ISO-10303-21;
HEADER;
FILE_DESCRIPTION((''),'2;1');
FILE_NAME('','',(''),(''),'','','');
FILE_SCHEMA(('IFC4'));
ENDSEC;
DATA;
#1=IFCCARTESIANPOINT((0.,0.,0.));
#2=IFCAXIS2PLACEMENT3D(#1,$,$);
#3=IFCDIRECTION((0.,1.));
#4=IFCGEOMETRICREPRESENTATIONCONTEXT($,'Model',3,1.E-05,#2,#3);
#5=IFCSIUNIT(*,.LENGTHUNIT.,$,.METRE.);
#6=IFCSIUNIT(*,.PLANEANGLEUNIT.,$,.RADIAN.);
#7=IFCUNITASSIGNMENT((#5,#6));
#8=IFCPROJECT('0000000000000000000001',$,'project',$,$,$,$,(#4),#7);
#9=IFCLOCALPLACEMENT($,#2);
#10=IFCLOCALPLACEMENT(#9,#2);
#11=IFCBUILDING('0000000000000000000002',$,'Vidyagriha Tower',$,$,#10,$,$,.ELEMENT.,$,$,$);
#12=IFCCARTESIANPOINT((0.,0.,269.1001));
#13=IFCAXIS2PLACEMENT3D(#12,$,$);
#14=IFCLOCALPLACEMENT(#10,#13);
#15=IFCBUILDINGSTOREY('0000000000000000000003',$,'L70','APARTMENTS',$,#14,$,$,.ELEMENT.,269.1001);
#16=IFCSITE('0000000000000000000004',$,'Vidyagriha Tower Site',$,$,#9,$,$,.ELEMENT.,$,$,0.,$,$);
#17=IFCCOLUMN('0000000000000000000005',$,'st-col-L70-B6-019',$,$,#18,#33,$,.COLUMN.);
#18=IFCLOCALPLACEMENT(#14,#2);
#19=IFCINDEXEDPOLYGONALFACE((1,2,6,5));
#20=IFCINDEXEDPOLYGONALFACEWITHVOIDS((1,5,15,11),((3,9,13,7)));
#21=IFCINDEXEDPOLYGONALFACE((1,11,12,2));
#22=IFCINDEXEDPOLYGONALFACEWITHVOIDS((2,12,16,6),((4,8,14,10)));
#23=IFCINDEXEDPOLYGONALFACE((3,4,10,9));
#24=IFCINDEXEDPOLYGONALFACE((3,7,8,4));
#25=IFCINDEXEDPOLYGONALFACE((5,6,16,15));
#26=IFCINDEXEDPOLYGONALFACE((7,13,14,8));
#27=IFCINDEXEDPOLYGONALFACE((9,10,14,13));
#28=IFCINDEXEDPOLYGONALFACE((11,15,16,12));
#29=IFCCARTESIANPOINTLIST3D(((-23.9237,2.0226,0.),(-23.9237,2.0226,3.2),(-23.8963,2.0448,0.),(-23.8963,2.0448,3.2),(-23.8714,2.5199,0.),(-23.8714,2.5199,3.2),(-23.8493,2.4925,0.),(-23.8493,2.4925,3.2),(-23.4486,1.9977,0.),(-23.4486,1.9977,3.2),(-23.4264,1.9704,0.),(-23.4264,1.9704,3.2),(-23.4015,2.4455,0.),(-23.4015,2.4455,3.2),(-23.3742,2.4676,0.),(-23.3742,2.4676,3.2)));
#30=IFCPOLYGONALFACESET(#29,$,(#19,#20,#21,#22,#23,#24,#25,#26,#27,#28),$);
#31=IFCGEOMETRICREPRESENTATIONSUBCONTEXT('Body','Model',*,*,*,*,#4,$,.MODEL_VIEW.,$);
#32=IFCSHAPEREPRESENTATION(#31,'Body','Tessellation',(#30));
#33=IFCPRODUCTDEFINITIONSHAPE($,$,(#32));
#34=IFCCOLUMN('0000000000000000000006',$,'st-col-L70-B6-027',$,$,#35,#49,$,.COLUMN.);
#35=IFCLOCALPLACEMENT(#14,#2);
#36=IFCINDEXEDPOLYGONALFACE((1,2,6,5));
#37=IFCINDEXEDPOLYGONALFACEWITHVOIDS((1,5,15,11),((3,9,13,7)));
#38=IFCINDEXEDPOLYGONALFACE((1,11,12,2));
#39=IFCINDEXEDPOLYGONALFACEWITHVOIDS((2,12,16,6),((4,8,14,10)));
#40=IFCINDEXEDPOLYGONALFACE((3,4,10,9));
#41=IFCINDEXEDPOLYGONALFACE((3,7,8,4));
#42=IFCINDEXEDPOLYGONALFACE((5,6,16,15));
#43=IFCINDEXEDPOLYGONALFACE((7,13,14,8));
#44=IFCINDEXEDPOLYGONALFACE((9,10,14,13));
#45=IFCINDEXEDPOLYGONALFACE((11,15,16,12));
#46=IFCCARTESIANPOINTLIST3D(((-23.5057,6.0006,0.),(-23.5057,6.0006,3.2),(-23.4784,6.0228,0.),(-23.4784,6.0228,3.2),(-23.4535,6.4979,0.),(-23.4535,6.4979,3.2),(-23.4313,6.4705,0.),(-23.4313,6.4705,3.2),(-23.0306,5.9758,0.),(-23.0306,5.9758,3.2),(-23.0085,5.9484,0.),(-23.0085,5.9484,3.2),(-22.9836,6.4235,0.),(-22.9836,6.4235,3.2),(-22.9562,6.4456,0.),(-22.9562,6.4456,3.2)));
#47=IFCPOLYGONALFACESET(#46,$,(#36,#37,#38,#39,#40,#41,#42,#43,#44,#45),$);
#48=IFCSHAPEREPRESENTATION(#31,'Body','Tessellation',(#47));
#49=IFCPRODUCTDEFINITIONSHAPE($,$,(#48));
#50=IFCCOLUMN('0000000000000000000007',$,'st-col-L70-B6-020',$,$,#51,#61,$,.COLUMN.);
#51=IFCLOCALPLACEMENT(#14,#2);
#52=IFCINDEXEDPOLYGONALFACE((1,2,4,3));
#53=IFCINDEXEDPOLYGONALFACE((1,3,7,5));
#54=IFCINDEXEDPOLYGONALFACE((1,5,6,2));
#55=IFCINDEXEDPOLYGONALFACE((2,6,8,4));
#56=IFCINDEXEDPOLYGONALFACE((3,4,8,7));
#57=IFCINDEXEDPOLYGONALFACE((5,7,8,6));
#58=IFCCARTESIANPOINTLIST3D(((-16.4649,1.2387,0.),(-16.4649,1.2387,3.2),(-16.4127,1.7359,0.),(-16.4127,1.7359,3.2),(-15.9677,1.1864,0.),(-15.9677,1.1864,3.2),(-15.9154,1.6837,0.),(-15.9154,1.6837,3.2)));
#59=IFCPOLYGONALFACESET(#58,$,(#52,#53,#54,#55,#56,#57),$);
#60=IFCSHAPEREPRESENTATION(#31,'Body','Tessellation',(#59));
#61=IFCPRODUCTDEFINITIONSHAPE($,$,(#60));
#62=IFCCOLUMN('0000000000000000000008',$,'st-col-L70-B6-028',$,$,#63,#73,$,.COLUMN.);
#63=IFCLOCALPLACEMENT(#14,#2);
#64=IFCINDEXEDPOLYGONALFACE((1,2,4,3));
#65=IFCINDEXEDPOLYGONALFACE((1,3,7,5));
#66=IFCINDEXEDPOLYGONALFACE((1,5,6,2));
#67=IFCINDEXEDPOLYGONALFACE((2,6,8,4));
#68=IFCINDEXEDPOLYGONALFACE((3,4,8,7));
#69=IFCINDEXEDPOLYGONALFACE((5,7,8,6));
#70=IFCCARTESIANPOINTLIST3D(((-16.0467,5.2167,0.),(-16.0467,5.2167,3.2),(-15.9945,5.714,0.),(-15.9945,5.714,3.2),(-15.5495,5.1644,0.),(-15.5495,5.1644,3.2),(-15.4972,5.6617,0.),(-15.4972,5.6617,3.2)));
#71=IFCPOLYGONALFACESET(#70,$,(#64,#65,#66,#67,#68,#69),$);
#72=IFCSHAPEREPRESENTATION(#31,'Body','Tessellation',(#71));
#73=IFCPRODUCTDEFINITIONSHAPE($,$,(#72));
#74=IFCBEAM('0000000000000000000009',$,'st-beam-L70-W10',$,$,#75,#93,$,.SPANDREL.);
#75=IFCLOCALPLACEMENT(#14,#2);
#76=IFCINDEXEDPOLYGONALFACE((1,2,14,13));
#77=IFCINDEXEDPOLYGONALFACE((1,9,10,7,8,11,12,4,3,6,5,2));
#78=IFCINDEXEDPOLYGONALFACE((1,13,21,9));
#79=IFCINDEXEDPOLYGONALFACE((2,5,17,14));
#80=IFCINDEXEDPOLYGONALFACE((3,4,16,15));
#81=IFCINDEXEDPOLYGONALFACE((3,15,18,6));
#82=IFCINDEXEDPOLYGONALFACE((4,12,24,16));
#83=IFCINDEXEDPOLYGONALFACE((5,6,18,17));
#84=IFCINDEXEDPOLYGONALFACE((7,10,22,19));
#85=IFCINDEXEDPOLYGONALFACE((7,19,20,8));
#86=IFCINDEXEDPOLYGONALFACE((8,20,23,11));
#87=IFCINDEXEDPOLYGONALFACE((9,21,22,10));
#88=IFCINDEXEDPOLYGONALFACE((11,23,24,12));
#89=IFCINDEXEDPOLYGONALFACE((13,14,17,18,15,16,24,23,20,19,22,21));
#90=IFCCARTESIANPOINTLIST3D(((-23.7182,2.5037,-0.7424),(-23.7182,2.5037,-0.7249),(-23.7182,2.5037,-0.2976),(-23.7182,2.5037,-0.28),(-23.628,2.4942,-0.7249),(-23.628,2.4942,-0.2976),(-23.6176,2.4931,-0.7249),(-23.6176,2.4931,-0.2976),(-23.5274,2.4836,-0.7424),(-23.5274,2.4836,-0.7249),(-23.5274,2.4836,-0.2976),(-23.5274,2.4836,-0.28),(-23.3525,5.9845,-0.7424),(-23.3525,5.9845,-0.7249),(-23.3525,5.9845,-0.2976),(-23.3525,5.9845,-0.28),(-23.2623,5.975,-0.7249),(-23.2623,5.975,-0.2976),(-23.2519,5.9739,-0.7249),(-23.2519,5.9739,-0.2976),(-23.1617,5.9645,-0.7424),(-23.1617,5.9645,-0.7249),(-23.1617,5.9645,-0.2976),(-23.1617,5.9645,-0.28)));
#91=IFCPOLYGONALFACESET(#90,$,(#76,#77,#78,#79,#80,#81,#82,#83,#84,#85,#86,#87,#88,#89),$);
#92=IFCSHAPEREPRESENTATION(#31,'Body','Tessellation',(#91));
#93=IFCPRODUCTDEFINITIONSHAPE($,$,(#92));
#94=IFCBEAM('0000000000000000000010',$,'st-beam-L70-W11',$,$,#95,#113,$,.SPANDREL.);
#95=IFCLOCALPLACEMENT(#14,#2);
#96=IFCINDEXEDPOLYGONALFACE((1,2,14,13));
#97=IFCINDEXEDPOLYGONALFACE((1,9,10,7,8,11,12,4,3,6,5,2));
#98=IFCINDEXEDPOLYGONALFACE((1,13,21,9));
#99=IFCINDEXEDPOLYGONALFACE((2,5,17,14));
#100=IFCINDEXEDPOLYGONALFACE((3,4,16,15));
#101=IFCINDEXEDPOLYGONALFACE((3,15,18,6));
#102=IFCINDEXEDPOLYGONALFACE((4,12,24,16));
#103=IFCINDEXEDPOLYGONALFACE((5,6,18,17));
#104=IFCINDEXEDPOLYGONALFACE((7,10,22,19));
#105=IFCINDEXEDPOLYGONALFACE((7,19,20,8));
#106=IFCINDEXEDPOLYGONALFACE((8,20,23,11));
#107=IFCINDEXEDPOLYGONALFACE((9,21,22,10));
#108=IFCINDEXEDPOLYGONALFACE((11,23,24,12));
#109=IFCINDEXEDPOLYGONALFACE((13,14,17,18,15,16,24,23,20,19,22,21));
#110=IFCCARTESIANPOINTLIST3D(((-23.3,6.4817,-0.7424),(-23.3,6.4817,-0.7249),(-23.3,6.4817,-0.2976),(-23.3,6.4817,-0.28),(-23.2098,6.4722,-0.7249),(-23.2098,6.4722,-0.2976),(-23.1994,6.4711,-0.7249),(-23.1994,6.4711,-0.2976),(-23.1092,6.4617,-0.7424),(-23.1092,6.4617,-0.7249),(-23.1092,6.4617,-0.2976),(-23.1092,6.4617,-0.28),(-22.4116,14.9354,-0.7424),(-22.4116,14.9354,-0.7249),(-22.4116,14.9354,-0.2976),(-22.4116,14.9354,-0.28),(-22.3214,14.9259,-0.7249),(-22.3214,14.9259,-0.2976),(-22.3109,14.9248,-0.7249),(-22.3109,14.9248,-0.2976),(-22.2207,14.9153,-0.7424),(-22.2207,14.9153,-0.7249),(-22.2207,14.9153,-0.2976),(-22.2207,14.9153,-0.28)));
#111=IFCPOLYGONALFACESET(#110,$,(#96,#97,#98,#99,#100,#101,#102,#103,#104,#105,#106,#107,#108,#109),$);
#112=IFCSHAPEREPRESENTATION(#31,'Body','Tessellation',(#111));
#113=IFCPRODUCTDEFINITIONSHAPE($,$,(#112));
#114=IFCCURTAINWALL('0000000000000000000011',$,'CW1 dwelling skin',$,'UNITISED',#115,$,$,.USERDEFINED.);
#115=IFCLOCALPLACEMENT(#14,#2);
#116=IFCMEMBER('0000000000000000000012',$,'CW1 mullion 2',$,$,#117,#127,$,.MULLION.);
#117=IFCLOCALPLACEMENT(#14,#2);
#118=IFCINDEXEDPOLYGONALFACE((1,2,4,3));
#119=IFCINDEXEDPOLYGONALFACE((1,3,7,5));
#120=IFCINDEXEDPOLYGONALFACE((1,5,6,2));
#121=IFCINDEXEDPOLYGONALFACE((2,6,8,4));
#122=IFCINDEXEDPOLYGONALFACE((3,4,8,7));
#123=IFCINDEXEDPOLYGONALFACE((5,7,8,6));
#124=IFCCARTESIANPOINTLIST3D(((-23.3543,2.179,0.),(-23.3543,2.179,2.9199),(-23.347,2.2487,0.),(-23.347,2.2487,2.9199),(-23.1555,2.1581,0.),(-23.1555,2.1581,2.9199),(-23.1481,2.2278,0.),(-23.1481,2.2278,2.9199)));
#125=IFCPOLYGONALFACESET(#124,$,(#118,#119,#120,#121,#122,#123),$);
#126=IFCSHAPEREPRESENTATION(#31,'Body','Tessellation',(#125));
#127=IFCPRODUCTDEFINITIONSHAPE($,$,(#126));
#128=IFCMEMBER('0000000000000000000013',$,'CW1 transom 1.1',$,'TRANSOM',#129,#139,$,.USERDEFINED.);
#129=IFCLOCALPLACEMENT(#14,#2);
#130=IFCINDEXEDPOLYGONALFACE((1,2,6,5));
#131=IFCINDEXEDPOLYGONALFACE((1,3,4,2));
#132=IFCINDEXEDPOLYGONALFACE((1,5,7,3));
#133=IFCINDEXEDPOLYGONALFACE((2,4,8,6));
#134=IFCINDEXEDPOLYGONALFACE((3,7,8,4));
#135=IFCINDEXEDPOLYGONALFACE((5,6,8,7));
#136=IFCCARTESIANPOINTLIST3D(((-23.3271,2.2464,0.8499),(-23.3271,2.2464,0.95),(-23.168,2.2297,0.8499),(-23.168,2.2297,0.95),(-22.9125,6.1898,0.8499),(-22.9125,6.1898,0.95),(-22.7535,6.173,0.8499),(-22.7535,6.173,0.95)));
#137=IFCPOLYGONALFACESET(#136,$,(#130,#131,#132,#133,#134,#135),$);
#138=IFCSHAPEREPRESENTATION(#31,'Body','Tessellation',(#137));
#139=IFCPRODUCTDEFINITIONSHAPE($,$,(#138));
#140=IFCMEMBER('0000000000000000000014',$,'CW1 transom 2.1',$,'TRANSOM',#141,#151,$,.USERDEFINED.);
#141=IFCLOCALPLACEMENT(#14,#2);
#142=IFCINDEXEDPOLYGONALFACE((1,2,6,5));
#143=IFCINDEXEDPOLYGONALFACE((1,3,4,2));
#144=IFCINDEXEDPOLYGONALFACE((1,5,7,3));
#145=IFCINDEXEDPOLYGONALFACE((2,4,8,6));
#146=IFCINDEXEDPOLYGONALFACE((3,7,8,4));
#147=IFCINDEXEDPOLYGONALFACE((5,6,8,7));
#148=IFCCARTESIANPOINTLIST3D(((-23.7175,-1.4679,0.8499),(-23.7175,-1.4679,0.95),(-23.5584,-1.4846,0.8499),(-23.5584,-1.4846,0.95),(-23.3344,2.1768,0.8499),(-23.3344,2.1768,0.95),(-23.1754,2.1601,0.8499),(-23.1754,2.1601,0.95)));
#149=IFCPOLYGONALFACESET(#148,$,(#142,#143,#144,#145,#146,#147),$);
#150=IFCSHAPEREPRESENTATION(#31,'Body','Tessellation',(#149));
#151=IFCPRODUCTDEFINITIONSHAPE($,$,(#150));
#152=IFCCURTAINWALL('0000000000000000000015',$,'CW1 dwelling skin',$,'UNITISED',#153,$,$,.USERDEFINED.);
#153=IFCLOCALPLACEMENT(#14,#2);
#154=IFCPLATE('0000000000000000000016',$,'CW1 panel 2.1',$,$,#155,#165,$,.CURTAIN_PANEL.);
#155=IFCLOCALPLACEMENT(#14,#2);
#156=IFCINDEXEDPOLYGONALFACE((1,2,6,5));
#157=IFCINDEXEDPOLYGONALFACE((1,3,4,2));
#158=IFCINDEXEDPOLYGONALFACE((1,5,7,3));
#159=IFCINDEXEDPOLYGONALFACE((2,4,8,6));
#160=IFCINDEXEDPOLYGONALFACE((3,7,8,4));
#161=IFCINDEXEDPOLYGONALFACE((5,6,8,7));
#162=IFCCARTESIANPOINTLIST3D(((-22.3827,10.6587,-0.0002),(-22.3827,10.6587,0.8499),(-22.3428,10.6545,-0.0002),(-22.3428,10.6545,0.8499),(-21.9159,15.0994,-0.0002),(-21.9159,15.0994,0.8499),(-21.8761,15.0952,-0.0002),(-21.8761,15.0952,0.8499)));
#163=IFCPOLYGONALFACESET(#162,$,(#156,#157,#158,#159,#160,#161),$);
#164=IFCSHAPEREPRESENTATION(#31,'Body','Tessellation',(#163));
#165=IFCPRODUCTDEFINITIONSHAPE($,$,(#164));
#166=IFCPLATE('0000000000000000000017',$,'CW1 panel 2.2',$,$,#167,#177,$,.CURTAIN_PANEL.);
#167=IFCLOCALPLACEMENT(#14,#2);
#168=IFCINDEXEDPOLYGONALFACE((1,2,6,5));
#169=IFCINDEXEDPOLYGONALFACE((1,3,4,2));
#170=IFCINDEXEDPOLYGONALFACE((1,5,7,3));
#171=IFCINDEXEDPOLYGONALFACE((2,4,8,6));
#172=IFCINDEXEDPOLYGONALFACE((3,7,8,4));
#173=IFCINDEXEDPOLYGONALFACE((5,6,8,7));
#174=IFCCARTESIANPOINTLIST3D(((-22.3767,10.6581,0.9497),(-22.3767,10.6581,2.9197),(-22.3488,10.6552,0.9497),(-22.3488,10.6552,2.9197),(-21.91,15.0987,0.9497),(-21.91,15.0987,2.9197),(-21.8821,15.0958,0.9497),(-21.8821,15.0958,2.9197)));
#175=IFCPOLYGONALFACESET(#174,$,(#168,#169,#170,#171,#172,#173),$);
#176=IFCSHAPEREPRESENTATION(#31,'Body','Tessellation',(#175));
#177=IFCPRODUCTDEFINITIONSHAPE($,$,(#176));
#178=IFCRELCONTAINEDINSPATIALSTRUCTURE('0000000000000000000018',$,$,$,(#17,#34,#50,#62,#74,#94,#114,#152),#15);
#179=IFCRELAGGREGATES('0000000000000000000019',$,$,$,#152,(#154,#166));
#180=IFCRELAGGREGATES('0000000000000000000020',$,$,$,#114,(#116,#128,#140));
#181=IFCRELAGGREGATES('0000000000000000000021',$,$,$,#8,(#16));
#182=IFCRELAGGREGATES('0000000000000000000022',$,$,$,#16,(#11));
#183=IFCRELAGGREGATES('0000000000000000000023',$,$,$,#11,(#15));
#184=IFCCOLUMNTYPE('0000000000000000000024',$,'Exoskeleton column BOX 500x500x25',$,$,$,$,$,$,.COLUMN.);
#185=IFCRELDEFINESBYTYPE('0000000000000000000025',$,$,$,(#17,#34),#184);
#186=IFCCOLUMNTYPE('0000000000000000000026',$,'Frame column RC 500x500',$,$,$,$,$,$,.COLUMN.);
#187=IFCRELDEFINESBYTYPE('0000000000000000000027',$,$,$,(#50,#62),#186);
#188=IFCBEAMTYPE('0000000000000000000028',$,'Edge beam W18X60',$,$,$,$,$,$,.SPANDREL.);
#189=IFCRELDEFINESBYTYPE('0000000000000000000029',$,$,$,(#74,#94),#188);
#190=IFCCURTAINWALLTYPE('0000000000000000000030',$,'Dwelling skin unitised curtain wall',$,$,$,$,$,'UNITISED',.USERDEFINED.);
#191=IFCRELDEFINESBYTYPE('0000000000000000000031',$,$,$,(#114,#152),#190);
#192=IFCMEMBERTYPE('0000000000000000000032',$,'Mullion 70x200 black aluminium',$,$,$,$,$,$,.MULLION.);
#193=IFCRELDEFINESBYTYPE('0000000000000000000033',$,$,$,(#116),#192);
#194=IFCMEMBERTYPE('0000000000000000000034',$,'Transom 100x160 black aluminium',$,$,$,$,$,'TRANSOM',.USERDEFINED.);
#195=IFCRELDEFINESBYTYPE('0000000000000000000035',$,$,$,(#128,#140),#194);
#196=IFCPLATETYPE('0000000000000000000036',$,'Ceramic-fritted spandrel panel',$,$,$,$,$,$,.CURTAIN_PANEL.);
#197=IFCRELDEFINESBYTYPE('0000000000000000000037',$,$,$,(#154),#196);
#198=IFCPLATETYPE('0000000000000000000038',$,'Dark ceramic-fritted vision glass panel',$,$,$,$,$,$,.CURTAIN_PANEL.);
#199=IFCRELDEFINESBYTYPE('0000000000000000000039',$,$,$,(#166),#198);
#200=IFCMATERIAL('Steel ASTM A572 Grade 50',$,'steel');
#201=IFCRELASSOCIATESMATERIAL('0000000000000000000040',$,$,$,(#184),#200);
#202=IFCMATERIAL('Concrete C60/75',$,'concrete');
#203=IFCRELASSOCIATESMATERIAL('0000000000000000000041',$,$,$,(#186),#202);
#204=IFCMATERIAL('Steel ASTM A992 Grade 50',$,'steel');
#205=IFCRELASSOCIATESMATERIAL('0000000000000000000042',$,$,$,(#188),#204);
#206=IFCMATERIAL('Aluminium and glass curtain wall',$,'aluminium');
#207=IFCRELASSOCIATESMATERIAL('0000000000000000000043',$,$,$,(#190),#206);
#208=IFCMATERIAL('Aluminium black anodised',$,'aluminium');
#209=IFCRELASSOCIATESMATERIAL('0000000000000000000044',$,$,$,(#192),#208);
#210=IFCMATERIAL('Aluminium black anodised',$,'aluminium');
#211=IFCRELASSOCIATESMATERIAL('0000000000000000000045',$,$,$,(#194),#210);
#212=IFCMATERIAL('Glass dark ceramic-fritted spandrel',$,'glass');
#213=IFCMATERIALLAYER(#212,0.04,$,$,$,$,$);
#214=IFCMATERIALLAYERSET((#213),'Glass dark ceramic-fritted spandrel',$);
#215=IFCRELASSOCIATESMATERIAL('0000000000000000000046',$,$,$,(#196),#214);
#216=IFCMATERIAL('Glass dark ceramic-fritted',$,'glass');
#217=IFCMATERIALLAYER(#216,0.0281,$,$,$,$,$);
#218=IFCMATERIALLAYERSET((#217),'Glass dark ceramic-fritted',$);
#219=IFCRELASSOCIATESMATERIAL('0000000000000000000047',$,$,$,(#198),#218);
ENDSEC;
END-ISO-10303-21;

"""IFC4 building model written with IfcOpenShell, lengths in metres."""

from ifc_helpers import new_model, si_unit, direction, frame, origin, origin_2d, place, context, subcontext, project, spatial, rectangle, hollow_rectangle, i_section, extrude, material, layer, layer_set, material_profile, profile_set, type_object, element, aggregate, save


model = new_model("IFC4")

# Units and contexts
model_context = context("Model", 3, precision=1e-05, world=origin(), true_north=direction((0.0, 1.0)))
body_context = subcontext(model_context, "Body", "Model", "MODEL_VIEW")
ifc_project = project(units=[si_unit("LENGTHUNIT", "METRE"), si_unit("PLANEANGLEUNIT", "RADIAN")], contexts=[model_context])

# Site, building, storey
site_placement = place(None, origin())
site = spatial("IfcSite", under=ifc_project, at=site_placement, Name="Vidyagriha Tower Site", CompositionType="ELEMENT", RefElevation=0.0)
building_placement = place(site_placement, origin())
building = spatial("IfcBuilding", under=site, at=building_placement, Name="Vidyagriha Tower", CompositionType="ELEMENT")
storey_placement = place(building_placement, frame((0.0, 0.0, 269.1001)))
storey = spatial("IfcBuildingStorey", under=building, at=storey_placement, Name="L70", Description="APARTMENTS", CompositionType="ELEMENT", Elevation=269.1001)

# Columns
ifc_material_1 = material(Name="Steel ASTM A572 Grade 50", Category="steel")
ifc_material_profile_1 = material_profile(ifc_material_1, hollow_rectangle(XDim=0.5, YDim=0.5, WallThickness=0.0249, at=origin_2d()), Name="BOX 500x500x25")
ifc_profile_set_1 = profile_set([ifc_material_profile_1], Name="Steel ASTM A572 Grade 50")
column_type_1 = type_object("IfcColumnType", Name="Exoskeleton column BOX 500x500x25", PredefinedType="COLUMN", material=ifc_profile_set_1)
for number, where, z_axis, x_axis, name in (
    (1, (-23.6489, 2.2451, 0.0), (0.0, 0.0, 1.0), (0.994522, -0.104528, 0.0), "st-col-L70-B6-019"),
    (2, (-23.231, 6.2231, 0.0), (0.0, 0.0, 1.0), (0.994522, -0.104528, 0.0), "st-col-L70-B6-027"),
):
    element("IfcColumn", number, at=place(storey_placement, frame(where, z_axis=z_axis, x_axis=x_axis)), inside=storey, type_object=column_type_1, Name=name, PredefinedType="COLUMN", context=body_context, shape_type="SweptSolid", body=[
        extrude(hollow_rectangle(XDim=0.5, YDim=0.5, WallThickness=0.0249, at=origin_2d()), origin(), (0.0, 0.0, 1.0), 3.2),
    ])
ifc_material_2 = material(Name="Concrete C60/75", Category="concrete")
ifc_material_profile_2 = material_profile(ifc_material_2, rectangle(XDim=0.5, YDim=0.5, at=origin_2d()), Name="RC 500x500")
ifc_profile_set_2 = profile_set([ifc_material_profile_2], Name="Concrete C60/75")
column_type_2 = type_object("IfcColumnType", Name="Frame column RC 500x500", PredefinedType="COLUMN", material=ifc_profile_set_2)
for number, where, z_axis, x_axis, name in (
    (3, (-16.1902, 1.4612, 0.0), (0.0, 0.0, 1.0), (0.994522, -0.104528, 0.0), "st-col-L70-B6-020"),
    (4, (-15.772, 5.4392, 0.0), (0.0, 0.0, 1.0), (0.994522, -0.104528, 0.0), "st-col-L70-B6-028"),
):
    element("IfcColumn", number, at=place(storey_placement, frame(where, z_axis=z_axis, x_axis=x_axis)), inside=storey, type_object=column_type_2, Name=name, PredefinedType="COLUMN", context=body_context, shape_type="SweptSolid", body=[
        extrude(rectangle(XDim=0.5, YDim=0.5, at=origin_2d()), origin(), (0.0, 0.0, 1.0), 3.2),
    ])

# Beams
ifc_material_3 = material(Name="Steel ASTM A992 Grade 50", Category="steel")
ifc_material_profile_3 = material_profile(ifc_material_3, i_section(OverallWidth=0.1919, OverallDepth=0.4624, WebThickness=0.0105, FlangeThickness=0.0176, at=origin_2d()), Name="W18X60")
ifc_profile_set_3 = profile_set([ifc_material_profile_3], Name="Steel ASTM A992 Grade 50")
beam_type = type_object("IfcBeamType", Name="Edge beam W18X60", PredefinedType="SPANDREL", material=ifc_profile_set_3)
beam_1_placement = place(storey_placement, frame((-23.6228, 2.4937, -0.5112), z_axis=(0.104489, 0.994526, 0.0), x_axis=(-0.994526, 0.104489, 0.0)))
element("IfcBeam", 5, at=beam_1_placement, inside=storey, type_object=beam_type, Name="st-beam-L70-W10", PredefinedType="SPANDREL", context=body_context, shape_type="SweptSolid", body=[
    extrude(i_section(OverallWidth=0.1919, OverallDepth=0.4624, WebThickness=0.0105, FlangeThickness=0.0176, at=origin_2d()), origin(), (0.0, 0.0, 1.0), 3.5),
])
beam_2_placement = place(storey_placement, frame((-23.2046, 6.4717, -0.5112), z_axis=(0.104519, 0.994523, 0.0), x_axis=(-0.994523, 0.104519, 0.0)))
element("IfcBeam", 6, at=beam_2_placement, inside=storey, type_object=beam_type, Name="st-beam-L70-W11", PredefinedType="SPANDREL", context=body_context, shape_type="SweptSolid", body=[
    extrude(i_section(OverallWidth=0.1919, OverallDepth=0.4624, WebThickness=0.0105, FlangeThickness=0.0176, at=origin_2d()), origin(), (0.0, 0.0, 1.0), 8.5002),
])

# Curtain wall, members
ifc_material_4 = material(Name="Aluminium and glass curtain wall", Category="aluminium")
curtain_wall_type = type_object("IfcCurtainWallType", Name="Dwelling skin unitised curtain wall", ElementType="UNITISED", PredefinedType="USERDEFINED", material=ifc_material_4)
curtain_wall_1_placement = place(storey_placement, origin())
curtain_wall_1 = element("IfcCurtainWall", 7, at=curtain_wall_1_placement, inside=storey, type_object=curtain_wall_type, Name="CW1 dwelling skin", ObjectType="UNITISED", PredefinedType="USERDEFINED")
ifc_material_5 = material(Name="Aluminium black anodised", Category="aluminium")
ifc_material_profile_4 = material_profile(ifc_material_5, rectangle(XDim=0.2, YDim=0.0701, at=origin_2d()), Name="Mullion 70x200 black aluminium")
ifc_profile_set_4 = profile_set([ifc_material_profile_4], Name="Aluminium black anodised")
member_type_1 = type_object("IfcMemberType", Name="Mullion 70x200 black aluminium", PredefinedType="MULLION", material=ifc_profile_set_4)
member_1_placement = place(storey_placement, frame((-23.2512, 2.2034, 0.0), z_axis=(0.0, 0.0, 1.0), x_axis=(0.994521, -0.104533, 0.0)))
member_1 = element("IfcMember", 8, at=member_1_placement, type_object=member_type_1, Name="CW1 mullion 2", PredefinedType="MULLION", context=body_context, shape_type="SweptSolid", body=[
    extrude(rectangle(XDim=0.2, YDim=0.0701, at=origin_2d()), origin(), (0.0, 0.0, 1.0), 2.9199),
])
ifc_material_6 = material(Name="Aluminium black anodised", Category="aluminium")
ifc_material_profile_5 = material_profile(ifc_material_6, rectangle(XDim=0.1599, YDim=0.1001, at=origin_2d()), Name="Transom 100x160 black aluminium")
ifc_profile_set_5 = profile_set([ifc_material_profile_5], Name="Aluminium black anodised")
member_type_2 = type_object("IfcMemberType", Name="Transom 100x160 black aluminium", ElementType="TRANSOM", PredefinedType="USERDEFINED", material=ifc_profile_set_5)
member_2_placement = place(storey_placement, frame((-22.833, 6.1814, 0.8999), z_axis=(-0.10455, -0.99452, 0.0), x_axis=(0.99452, -0.10455, 0.0)))
member_2 = element("IfcMember", 9, at=member_2_placement, type_object=member_type_2, Name="CW1 transom 1.1", ObjectType="TRANSOM", PredefinedType="USERDEFINED", context=body_context, shape_type="SweptSolid", body=[
    extrude(rectangle(XDim=0.1599, YDim=0.1001, at=origin_2d()), origin(), (0.0, 0.0, 1.0), 3.9651),
])
member_3_placement = place(storey_placement, frame((-23.2549, 2.1685, 0.8999), z_axis=(-0.104522, -0.994523, 0.0), x_axis=(0.994523, -0.104522, 0.0)))
member_3 = element("IfcMember", 10, at=member_3_placement, type_object=member_type_2, Name="CW1 transom 2.1", ObjectType="TRANSOM", PredefinedType="USERDEFINED", context=body_context, shape_type="SweptSolid", body=[
    extrude(rectangle(XDim=0.1599, YDim=0.1001, at=origin_2d()), origin(), (0.0, 0.0, 1.0), 3.6648),
])

# Curtain wall, plates
curtain_wall_2_placement = place(storey_placement, origin())
curtain_wall_2 = element("IfcCurtainWall", 11, at=curtain_wall_2_placement, inside=storey, type_object=curtain_wall_type, Name="CW1 dwelling skin", ObjectType="UNITISED", PredefinedType="USERDEFINED")
ifc_material_7 = material(Name="Glass dark ceramic-fritted spandrel", Category="glass")
ifc_layer_1 = layer(ifc_material_7, 0.04)
ifc_layer_set_1 = layer_set([ifc_layer_1], Name="Glass dark ceramic-fritted spandrel")
plate_type_1 = type_object("IfcPlateType", Name="Ceramic-fritted spandrel panel", PredefinedType="CURTAIN_PANEL", material=ifc_layer_set_1)
plate_1_placement = place(storey_placement, frame((-22.1294, 12.877, -0.0002), z_axis=(0.0, 0.0, 1.0), x_axis=(-0.104525, -0.994522, 0.0)))
plate_1 = element("IfcPlate", 12, at=plate_1_placement, type_object=plate_type_1, Name="CW1 panel 2.1", PredefinedType="CURTAIN_PANEL", context=body_context, shape_type="SweptSolid", body=[
    extrude(rectangle(XDim=4.4651, YDim=0.04, at=origin_2d()), origin(), (0.0, 0.0, 1.0), 0.8501),
])
ifc_material_8 = material(Name="Glass dark ceramic-fritted", Category="glass")
ifc_layer_2 = layer(ifc_material_8, 0.0281)
ifc_layer_set_2 = layer_set([ifc_layer_2], Name="Glass dark ceramic-fritted")
plate_type_2 = type_object("IfcPlateType", Name="Dark ceramic-fritted vision glass panel", PredefinedType="CURTAIN_PANEL", material=ifc_layer_set_2)
plate_2_placement = place(storey_placement, frame((-22.1294, 12.877, 0.9497), z_axis=(0.0, 0.0, 1.0), x_axis=(-0.104525, -0.994522, 0.0)))
plate_2 = element("IfcPlate", 13, at=plate_2_placement, type_object=plate_type_2, Name="CW1 panel 2.2", PredefinedType="CURTAIN_PANEL", context=body_context, shape_type="SweptSolid", body=[
    extrude(rectangle(XDim=4.4651, YDim=0.0281, at=origin_2d()), origin(), (0.0, 0.0, 1.0), 1.97),
])
aggregate(curtain_wall_2, [plate_1, plate_2])

aggregate(curtain_wall_1, [member_1, member_2, member_3])

save(model, "model.ifc")
